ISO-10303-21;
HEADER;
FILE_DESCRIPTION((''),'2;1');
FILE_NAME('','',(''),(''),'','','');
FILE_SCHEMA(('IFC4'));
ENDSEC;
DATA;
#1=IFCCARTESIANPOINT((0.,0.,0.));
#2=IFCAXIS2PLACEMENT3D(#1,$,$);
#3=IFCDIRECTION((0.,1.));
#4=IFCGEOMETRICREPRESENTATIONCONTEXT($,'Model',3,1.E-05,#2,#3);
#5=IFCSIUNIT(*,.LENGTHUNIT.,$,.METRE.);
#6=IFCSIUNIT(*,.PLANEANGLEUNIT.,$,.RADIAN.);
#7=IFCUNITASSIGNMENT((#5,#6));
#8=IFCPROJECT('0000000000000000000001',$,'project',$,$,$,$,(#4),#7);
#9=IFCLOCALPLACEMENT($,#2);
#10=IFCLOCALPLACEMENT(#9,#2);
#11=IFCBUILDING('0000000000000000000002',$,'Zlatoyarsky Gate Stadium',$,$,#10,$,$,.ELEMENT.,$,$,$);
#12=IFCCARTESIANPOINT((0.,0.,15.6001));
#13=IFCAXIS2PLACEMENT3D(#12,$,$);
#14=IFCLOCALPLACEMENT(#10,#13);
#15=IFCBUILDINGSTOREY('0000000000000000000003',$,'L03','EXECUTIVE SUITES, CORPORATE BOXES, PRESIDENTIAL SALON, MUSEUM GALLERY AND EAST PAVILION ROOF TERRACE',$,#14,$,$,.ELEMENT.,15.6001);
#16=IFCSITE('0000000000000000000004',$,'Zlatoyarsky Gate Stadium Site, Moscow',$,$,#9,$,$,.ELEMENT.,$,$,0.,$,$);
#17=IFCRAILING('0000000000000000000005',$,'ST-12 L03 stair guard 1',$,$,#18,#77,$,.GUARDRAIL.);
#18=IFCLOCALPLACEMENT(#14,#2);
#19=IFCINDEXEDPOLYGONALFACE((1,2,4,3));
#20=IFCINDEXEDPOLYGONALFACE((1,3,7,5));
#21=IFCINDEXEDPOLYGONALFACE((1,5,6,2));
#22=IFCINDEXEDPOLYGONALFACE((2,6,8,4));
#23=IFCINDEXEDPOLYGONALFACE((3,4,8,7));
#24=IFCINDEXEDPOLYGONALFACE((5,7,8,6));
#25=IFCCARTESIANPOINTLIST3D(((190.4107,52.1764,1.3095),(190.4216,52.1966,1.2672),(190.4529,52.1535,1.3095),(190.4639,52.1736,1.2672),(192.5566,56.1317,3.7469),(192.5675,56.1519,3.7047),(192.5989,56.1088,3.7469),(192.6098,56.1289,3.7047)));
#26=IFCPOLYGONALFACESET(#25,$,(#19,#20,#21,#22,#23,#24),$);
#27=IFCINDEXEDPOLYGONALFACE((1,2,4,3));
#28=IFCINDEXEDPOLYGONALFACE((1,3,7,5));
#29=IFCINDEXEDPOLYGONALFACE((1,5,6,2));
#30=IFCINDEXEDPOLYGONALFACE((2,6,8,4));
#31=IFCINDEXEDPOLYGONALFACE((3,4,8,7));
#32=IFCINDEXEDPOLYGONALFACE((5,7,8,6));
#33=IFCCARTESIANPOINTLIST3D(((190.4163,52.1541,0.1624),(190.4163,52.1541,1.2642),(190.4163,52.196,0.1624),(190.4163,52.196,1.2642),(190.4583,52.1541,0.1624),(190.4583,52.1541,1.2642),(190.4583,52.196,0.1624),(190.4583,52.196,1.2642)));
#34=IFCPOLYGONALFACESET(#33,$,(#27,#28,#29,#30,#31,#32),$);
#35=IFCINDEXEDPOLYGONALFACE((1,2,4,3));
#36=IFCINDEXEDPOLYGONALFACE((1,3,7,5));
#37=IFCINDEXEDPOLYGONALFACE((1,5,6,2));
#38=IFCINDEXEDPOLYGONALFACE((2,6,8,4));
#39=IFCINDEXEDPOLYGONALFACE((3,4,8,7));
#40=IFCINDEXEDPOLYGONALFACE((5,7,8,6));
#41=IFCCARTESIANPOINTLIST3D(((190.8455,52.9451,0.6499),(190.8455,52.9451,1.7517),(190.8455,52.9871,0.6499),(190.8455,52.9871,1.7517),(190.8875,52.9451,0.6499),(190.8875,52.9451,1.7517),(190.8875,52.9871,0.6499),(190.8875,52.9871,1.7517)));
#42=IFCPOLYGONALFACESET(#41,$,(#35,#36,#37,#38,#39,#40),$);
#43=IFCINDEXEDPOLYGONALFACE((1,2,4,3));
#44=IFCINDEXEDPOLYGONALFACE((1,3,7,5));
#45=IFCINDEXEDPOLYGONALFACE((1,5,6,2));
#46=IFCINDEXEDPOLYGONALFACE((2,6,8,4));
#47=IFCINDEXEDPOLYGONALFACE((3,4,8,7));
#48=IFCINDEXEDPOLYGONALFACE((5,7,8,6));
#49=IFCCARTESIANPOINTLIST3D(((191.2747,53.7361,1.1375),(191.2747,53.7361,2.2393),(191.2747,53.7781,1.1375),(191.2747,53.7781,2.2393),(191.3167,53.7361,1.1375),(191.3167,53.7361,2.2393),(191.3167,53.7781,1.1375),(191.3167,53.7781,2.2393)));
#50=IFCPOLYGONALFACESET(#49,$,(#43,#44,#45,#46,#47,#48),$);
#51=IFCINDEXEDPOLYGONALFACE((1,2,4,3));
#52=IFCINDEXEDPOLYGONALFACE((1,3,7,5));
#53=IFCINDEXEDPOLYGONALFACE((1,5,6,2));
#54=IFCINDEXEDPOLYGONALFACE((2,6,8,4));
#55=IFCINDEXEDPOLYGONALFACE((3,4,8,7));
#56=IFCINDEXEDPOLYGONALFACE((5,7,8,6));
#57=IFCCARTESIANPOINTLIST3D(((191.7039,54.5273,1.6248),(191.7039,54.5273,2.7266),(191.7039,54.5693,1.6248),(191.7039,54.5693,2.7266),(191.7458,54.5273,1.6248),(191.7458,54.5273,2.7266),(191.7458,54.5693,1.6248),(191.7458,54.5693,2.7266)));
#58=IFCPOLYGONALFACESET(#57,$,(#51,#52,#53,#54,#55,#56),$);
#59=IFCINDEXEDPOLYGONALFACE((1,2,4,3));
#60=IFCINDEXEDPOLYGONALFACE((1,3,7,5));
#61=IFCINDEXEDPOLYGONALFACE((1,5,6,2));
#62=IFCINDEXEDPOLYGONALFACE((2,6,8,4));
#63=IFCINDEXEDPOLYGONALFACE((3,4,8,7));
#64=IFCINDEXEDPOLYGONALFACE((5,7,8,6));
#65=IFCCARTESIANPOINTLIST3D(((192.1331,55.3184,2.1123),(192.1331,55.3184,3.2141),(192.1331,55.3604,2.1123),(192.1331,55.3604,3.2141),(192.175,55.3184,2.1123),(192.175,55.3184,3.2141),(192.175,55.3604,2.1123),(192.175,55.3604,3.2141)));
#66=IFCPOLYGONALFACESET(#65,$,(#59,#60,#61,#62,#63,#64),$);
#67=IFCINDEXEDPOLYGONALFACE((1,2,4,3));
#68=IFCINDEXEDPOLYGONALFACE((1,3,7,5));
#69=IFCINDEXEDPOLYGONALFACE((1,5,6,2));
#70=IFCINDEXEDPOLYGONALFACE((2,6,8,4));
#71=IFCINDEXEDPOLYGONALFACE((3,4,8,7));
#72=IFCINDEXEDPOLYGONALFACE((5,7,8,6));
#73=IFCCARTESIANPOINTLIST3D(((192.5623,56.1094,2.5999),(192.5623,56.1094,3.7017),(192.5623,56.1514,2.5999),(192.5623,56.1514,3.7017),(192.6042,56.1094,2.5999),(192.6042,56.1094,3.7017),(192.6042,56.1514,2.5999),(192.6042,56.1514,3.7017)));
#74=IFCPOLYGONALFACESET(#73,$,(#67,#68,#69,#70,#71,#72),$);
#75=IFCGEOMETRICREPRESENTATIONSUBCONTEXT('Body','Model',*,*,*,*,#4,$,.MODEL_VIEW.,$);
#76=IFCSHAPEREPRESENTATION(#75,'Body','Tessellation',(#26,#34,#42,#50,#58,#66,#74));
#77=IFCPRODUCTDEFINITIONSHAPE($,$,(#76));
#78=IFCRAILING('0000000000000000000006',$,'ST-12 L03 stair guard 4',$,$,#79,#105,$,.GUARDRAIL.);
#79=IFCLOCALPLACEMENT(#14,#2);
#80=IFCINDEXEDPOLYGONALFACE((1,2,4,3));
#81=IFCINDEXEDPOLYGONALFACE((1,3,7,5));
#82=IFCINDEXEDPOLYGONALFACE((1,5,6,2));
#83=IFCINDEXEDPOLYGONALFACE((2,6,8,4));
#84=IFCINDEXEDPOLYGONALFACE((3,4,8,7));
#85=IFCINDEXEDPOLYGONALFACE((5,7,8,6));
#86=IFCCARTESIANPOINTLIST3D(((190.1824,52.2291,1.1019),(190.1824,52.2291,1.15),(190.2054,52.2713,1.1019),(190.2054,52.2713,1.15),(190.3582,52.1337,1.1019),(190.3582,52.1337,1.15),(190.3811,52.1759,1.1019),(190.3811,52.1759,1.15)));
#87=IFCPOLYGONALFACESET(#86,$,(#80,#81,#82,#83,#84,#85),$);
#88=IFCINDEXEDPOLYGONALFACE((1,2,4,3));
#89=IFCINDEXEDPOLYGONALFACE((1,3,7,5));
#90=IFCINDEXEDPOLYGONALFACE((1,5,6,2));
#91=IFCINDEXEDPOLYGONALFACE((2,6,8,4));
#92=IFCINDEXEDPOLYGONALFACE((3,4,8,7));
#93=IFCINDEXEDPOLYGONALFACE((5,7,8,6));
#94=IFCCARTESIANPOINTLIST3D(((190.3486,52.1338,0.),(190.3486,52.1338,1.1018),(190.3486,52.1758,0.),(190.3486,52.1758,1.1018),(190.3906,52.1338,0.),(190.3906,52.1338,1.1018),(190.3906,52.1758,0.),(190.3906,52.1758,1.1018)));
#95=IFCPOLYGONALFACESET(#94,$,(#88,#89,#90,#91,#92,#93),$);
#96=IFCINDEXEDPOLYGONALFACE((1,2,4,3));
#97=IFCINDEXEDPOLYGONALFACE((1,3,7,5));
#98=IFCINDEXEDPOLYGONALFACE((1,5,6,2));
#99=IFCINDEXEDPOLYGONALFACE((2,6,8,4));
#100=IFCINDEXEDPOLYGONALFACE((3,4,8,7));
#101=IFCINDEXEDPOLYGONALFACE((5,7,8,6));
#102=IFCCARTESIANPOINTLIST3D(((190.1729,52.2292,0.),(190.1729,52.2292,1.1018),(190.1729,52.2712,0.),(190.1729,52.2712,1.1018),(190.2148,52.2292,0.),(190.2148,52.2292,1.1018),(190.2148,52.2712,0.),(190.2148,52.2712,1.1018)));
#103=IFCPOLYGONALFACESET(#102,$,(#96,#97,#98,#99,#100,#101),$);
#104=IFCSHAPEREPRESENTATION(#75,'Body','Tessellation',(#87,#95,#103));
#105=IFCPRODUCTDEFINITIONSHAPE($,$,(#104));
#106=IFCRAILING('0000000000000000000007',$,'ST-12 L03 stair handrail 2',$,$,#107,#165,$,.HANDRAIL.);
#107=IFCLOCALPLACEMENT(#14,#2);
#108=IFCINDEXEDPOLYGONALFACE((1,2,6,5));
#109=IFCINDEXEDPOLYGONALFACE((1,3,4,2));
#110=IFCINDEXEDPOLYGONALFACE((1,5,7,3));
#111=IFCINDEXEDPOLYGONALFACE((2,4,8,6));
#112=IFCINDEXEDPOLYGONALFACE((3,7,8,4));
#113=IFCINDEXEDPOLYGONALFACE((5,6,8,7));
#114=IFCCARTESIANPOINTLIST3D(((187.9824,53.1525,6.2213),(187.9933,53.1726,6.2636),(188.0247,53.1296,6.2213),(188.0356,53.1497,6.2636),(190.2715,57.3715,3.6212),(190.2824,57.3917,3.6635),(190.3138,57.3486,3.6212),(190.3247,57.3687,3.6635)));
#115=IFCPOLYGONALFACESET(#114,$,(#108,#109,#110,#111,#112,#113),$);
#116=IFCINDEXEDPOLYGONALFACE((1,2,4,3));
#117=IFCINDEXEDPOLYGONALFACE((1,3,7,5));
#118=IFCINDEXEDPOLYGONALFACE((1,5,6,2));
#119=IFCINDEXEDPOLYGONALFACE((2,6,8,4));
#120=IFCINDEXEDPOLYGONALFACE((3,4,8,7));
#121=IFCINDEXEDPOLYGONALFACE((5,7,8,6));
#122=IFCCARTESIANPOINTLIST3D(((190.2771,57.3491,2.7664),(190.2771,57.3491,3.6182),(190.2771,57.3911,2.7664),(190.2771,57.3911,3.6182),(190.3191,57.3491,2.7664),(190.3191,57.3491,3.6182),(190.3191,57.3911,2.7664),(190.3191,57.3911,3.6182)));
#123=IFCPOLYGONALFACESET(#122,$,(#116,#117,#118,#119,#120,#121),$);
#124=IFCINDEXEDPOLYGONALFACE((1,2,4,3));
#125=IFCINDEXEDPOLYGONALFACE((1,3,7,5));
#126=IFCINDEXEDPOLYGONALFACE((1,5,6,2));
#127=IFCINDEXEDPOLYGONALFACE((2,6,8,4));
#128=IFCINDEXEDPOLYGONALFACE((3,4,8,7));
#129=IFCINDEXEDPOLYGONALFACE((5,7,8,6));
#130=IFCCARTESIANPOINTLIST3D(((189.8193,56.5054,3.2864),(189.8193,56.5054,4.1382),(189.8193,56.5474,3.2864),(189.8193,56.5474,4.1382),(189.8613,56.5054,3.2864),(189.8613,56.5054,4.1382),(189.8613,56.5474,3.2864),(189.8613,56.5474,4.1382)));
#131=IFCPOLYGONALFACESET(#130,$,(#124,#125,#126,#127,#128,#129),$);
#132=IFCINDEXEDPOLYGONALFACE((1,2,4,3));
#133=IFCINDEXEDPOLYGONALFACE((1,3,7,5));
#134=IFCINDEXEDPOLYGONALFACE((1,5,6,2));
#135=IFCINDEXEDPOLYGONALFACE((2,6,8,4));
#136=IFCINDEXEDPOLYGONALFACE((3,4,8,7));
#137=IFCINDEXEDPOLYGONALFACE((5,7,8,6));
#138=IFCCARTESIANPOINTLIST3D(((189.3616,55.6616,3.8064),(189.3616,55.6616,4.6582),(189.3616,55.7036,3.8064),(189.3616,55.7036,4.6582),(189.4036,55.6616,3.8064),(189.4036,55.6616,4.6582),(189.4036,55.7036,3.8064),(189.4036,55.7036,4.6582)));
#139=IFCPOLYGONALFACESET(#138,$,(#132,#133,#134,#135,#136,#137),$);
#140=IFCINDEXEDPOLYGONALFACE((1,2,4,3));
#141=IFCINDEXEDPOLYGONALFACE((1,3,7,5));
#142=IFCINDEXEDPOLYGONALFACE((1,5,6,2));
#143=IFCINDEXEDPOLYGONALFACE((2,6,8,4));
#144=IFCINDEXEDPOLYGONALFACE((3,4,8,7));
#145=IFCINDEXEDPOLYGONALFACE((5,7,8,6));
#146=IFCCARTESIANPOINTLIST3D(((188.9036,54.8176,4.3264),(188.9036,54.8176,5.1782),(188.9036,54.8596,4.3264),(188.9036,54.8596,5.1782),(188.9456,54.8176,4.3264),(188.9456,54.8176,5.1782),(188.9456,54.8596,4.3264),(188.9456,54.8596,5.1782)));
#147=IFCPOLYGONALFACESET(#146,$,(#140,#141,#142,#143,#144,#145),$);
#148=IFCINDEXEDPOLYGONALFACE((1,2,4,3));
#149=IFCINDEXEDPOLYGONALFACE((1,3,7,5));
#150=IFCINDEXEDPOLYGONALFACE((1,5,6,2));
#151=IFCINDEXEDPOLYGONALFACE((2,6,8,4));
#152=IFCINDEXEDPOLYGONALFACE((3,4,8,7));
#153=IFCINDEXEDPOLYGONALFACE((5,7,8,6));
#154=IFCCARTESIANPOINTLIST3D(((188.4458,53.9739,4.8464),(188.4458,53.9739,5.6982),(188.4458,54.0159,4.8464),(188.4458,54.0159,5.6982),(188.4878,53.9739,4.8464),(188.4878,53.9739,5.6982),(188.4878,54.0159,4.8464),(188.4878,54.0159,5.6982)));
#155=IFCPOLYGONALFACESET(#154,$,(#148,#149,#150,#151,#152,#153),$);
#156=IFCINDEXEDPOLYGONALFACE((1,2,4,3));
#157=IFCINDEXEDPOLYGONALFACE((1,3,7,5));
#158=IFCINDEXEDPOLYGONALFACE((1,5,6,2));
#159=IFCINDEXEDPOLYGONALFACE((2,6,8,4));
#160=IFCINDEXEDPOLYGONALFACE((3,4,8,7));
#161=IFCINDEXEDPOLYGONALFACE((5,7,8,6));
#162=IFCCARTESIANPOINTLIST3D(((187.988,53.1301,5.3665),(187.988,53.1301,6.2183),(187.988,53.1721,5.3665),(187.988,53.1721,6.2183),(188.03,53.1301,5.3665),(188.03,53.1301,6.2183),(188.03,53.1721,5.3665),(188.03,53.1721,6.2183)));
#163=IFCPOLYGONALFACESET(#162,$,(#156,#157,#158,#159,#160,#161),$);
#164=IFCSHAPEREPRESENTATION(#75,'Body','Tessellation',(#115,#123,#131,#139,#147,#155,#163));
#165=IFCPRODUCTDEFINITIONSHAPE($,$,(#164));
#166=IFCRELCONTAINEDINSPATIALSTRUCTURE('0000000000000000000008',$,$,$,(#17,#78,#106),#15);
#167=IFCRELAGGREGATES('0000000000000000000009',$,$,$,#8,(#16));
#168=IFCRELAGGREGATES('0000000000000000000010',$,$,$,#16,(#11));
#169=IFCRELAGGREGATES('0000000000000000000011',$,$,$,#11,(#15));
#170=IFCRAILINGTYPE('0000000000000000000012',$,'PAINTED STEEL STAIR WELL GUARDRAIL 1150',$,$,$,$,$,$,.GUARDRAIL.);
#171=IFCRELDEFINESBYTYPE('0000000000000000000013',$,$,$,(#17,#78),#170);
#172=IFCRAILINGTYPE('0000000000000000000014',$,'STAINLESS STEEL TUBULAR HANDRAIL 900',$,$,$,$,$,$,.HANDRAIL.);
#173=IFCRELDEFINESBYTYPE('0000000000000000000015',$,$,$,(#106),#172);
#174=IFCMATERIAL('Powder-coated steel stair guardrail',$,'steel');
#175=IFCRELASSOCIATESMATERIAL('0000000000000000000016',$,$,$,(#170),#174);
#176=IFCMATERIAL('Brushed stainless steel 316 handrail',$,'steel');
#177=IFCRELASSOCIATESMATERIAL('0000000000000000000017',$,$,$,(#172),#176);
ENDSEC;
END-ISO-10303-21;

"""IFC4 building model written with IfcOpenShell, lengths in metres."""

from ifc_helpers import new_model, si_unit, direction, frame, origin, origin_2d, place, context, subcontext, project, spatial, rectangle, extrude, material, type_object, element, save


model = new_model("IFC4")

# Units and contexts
model_context = context("Model", 3, precision=1e-05, world=origin(), true_north=direction((0.0, 1.0)))
body_context = subcontext(model_context, "Body", "Model", "MODEL_VIEW")
ifc_project = project(units=[si_unit("LENGTHUNIT", "METRE"), si_unit("PLANEANGLEUNIT", "RADIAN")], contexts=[model_context])

# Site, building, storey
site_placement = place(None, origin())
site = spatial("IfcSite", under=ifc_project, at=site_placement, Name="Zlatoyarsky Gate Stadium Site, Moscow", CompositionType="ELEMENT", RefElevation=0.0)
building_placement = place(site_placement, origin())
building = spatial("IfcBuilding", under=site, at=building_placement, Name="Zlatoyarsky Gate Stadium", CompositionType="ELEMENT")
storey_placement = place(building_placement, frame((0.0, 0.0, 15.6001)))
storey = spatial("IfcBuildingStorey", under=building, at=storey_placement, Name="L03", Description="EXECUTIVE SUITES, CORPORATE BOXES, PRESIDENTIAL SALON, MUSEUM GALLERY AND EAST PAVILION ROOF TERRACE", CompositionType="ELEMENT", Elevation=15.6001)

# Railings
ifc_material_1 = material(Name="Powder-coated steel stair guardrail", Category="steel")
railing_type_1 = type_object("IfcRailingType", Name="PAINTED STEEL STAIR WELL GUARDRAIL 1150", PredefinedType="GUARDRAIL", material=ifc_material_1)
railing_1_placement = place(storey_placement, frame((190.4373, 52.175, 0.1624)))
element("IfcRailing", 1, at=railing_1_placement, inside=storey, type_object=railing_type_1, Name="ST-12 L03 stair guard 1", PredefinedType="GUARDRAIL", context=body_context, shape_type="SweptSolid", body=[
    extrude(rectangle(XDim=0.0481, YDim=0.0481, at=origin_2d()), frame((0.0, 0.0, 1.126), z_axis=(0.419325, 0.772865, 0.476284), x_axis=(-0.878963, 0.47689, 0.0)), (0.0, 0.0, 1.0), 5.1177),
    extrude(rectangle(XDim=0.042, YDim=0.042, at=origin_2d()), origin(), (0.0, 0.0, 1.0), 1.1018),
    extrude(rectangle(XDim=0.042, YDim=0.042, at=origin_2d()), frame((0.4292, 0.791, 0.4875)), (0.0, 0.0, 1.0), 1.1018),
    extrude(rectangle(XDim=0.042, YDim=0.042, at=origin_2d()), frame((0.8584, 1.582, 0.9751)), (0.0, 0.0, 1.0), 1.1018),
    extrude(rectangle(XDim=0.042, YDim=0.042, at=origin_2d()), frame((1.2876, 2.3733, 1.4624)), (0.0, 0.0, 1.0), 1.1018),
    extrude(rectangle(XDim=0.042, YDim=0.042, at=origin_2d()), frame((1.7168, 3.1643, 1.95)), (0.0, 0.0, 1.0), 1.1018),
    extrude(rectangle(XDim=0.042, YDim=0.042, at=origin_2d()), frame((2.146, 3.9553, 2.4375)), (0.0, 0.0, 1.0), 1.1018),
])
railing_2_placement = place(storey_placement, frame((190.3696, 52.1548, 0.0)))
element("IfcRailing", 2, at=railing_2_placement, inside=storey, type_object=railing_type_1, Name="ST-12 L03 stair guard 4", PredefinedType="GUARDRAIL", context=body_context, shape_type="SweptSolid", body=[
    extrude(rectangle(XDim=0.0481, YDim=0.0481, at=origin_2d()), frame((0.0, 0.0, 1.126), z_axis=(-0.87878, 0.477227, 0.0), x_axis=(-0.477227, -0.87878, 0.0)), (0.0, 0.0, 1.0), 0.2),
    extrude(rectangle(XDim=0.042, YDim=0.042, at=origin_2d()), origin(), (0.0, 0.0, 1.0), 1.1018),
    extrude(rectangle(XDim=0.042, YDim=0.042, at=origin_2d()), frame((-0.1758, 0.0955, 0.0)), (0.0, 0.0, 1.0), 1.1018),
])
ifc_material_2 = material(Name="Brushed stainless steel 316 handrail", Category="steel")
railing_type_2 = type_object("IfcRailingType", Name="STAINLESS STEEL TUBULAR HANDRAIL 900", PredefinedType="HANDRAIL", material=ifc_material_2)
railing_3_placement = place(storey_placement, frame((190.2981, 57.3701, 2.7664)))
element("IfcRailing", 3, at=railing_3_placement, inside=storey, type_object=railing_type_2, Name="ST-12 L03 stair handrail 2", PredefinedType="HANDRAIL", context=body_context, shape_type="SweptSolid", body=[
    extrude(rectangle(XDim=0.0481, YDim=0.0481, at=origin_2d()), frame((0.0, 0.0, 0.876), z_axis=(-0.419322, -0.772857, 0.476299), x_axis=(0.878962, -0.476891, 0.0)), (0.0, 0.0, 1.0), 5.459),
    extrude(rectangle(XDim=0.042, YDim=0.042, at=origin_2d()), origin(), (0.0, 0.0, 1.0), 0.8518),
    extrude(rectangle(XDim=0.042, YDim=0.042, at=origin_2d()), frame((-0.4578, -0.8438, 0.52)), (0.0, 0.0, 1.0), 0.8518),
    extrude(rectangle(XDim=0.042, YDim=0.042, at=origin_2d()), frame((-0.9155, -1.6875, 1.04)), (0.0, 0.0, 1.0), 0.8518),
    extrude(rectangle(XDim=0.042, YDim=0.042, at=origin_2d()), frame((-1.3735, -2.5315, 1.5601)), (0.0, 0.0, 1.0), 0.8518),
    extrude(rectangle(XDim=0.042, YDim=0.042, at=origin_2d()), frame((-1.8313, -3.3752, 2.0801)), (0.0, 0.0, 1.0), 0.8518),
    extrude(rectangle(XDim=0.042, YDim=0.042, at=origin_2d()), frame((-2.2891, -4.219, 2.6001)), (0.0, 0.0, 1.0), 0.8518),
])

save(model, "model.ifc")
